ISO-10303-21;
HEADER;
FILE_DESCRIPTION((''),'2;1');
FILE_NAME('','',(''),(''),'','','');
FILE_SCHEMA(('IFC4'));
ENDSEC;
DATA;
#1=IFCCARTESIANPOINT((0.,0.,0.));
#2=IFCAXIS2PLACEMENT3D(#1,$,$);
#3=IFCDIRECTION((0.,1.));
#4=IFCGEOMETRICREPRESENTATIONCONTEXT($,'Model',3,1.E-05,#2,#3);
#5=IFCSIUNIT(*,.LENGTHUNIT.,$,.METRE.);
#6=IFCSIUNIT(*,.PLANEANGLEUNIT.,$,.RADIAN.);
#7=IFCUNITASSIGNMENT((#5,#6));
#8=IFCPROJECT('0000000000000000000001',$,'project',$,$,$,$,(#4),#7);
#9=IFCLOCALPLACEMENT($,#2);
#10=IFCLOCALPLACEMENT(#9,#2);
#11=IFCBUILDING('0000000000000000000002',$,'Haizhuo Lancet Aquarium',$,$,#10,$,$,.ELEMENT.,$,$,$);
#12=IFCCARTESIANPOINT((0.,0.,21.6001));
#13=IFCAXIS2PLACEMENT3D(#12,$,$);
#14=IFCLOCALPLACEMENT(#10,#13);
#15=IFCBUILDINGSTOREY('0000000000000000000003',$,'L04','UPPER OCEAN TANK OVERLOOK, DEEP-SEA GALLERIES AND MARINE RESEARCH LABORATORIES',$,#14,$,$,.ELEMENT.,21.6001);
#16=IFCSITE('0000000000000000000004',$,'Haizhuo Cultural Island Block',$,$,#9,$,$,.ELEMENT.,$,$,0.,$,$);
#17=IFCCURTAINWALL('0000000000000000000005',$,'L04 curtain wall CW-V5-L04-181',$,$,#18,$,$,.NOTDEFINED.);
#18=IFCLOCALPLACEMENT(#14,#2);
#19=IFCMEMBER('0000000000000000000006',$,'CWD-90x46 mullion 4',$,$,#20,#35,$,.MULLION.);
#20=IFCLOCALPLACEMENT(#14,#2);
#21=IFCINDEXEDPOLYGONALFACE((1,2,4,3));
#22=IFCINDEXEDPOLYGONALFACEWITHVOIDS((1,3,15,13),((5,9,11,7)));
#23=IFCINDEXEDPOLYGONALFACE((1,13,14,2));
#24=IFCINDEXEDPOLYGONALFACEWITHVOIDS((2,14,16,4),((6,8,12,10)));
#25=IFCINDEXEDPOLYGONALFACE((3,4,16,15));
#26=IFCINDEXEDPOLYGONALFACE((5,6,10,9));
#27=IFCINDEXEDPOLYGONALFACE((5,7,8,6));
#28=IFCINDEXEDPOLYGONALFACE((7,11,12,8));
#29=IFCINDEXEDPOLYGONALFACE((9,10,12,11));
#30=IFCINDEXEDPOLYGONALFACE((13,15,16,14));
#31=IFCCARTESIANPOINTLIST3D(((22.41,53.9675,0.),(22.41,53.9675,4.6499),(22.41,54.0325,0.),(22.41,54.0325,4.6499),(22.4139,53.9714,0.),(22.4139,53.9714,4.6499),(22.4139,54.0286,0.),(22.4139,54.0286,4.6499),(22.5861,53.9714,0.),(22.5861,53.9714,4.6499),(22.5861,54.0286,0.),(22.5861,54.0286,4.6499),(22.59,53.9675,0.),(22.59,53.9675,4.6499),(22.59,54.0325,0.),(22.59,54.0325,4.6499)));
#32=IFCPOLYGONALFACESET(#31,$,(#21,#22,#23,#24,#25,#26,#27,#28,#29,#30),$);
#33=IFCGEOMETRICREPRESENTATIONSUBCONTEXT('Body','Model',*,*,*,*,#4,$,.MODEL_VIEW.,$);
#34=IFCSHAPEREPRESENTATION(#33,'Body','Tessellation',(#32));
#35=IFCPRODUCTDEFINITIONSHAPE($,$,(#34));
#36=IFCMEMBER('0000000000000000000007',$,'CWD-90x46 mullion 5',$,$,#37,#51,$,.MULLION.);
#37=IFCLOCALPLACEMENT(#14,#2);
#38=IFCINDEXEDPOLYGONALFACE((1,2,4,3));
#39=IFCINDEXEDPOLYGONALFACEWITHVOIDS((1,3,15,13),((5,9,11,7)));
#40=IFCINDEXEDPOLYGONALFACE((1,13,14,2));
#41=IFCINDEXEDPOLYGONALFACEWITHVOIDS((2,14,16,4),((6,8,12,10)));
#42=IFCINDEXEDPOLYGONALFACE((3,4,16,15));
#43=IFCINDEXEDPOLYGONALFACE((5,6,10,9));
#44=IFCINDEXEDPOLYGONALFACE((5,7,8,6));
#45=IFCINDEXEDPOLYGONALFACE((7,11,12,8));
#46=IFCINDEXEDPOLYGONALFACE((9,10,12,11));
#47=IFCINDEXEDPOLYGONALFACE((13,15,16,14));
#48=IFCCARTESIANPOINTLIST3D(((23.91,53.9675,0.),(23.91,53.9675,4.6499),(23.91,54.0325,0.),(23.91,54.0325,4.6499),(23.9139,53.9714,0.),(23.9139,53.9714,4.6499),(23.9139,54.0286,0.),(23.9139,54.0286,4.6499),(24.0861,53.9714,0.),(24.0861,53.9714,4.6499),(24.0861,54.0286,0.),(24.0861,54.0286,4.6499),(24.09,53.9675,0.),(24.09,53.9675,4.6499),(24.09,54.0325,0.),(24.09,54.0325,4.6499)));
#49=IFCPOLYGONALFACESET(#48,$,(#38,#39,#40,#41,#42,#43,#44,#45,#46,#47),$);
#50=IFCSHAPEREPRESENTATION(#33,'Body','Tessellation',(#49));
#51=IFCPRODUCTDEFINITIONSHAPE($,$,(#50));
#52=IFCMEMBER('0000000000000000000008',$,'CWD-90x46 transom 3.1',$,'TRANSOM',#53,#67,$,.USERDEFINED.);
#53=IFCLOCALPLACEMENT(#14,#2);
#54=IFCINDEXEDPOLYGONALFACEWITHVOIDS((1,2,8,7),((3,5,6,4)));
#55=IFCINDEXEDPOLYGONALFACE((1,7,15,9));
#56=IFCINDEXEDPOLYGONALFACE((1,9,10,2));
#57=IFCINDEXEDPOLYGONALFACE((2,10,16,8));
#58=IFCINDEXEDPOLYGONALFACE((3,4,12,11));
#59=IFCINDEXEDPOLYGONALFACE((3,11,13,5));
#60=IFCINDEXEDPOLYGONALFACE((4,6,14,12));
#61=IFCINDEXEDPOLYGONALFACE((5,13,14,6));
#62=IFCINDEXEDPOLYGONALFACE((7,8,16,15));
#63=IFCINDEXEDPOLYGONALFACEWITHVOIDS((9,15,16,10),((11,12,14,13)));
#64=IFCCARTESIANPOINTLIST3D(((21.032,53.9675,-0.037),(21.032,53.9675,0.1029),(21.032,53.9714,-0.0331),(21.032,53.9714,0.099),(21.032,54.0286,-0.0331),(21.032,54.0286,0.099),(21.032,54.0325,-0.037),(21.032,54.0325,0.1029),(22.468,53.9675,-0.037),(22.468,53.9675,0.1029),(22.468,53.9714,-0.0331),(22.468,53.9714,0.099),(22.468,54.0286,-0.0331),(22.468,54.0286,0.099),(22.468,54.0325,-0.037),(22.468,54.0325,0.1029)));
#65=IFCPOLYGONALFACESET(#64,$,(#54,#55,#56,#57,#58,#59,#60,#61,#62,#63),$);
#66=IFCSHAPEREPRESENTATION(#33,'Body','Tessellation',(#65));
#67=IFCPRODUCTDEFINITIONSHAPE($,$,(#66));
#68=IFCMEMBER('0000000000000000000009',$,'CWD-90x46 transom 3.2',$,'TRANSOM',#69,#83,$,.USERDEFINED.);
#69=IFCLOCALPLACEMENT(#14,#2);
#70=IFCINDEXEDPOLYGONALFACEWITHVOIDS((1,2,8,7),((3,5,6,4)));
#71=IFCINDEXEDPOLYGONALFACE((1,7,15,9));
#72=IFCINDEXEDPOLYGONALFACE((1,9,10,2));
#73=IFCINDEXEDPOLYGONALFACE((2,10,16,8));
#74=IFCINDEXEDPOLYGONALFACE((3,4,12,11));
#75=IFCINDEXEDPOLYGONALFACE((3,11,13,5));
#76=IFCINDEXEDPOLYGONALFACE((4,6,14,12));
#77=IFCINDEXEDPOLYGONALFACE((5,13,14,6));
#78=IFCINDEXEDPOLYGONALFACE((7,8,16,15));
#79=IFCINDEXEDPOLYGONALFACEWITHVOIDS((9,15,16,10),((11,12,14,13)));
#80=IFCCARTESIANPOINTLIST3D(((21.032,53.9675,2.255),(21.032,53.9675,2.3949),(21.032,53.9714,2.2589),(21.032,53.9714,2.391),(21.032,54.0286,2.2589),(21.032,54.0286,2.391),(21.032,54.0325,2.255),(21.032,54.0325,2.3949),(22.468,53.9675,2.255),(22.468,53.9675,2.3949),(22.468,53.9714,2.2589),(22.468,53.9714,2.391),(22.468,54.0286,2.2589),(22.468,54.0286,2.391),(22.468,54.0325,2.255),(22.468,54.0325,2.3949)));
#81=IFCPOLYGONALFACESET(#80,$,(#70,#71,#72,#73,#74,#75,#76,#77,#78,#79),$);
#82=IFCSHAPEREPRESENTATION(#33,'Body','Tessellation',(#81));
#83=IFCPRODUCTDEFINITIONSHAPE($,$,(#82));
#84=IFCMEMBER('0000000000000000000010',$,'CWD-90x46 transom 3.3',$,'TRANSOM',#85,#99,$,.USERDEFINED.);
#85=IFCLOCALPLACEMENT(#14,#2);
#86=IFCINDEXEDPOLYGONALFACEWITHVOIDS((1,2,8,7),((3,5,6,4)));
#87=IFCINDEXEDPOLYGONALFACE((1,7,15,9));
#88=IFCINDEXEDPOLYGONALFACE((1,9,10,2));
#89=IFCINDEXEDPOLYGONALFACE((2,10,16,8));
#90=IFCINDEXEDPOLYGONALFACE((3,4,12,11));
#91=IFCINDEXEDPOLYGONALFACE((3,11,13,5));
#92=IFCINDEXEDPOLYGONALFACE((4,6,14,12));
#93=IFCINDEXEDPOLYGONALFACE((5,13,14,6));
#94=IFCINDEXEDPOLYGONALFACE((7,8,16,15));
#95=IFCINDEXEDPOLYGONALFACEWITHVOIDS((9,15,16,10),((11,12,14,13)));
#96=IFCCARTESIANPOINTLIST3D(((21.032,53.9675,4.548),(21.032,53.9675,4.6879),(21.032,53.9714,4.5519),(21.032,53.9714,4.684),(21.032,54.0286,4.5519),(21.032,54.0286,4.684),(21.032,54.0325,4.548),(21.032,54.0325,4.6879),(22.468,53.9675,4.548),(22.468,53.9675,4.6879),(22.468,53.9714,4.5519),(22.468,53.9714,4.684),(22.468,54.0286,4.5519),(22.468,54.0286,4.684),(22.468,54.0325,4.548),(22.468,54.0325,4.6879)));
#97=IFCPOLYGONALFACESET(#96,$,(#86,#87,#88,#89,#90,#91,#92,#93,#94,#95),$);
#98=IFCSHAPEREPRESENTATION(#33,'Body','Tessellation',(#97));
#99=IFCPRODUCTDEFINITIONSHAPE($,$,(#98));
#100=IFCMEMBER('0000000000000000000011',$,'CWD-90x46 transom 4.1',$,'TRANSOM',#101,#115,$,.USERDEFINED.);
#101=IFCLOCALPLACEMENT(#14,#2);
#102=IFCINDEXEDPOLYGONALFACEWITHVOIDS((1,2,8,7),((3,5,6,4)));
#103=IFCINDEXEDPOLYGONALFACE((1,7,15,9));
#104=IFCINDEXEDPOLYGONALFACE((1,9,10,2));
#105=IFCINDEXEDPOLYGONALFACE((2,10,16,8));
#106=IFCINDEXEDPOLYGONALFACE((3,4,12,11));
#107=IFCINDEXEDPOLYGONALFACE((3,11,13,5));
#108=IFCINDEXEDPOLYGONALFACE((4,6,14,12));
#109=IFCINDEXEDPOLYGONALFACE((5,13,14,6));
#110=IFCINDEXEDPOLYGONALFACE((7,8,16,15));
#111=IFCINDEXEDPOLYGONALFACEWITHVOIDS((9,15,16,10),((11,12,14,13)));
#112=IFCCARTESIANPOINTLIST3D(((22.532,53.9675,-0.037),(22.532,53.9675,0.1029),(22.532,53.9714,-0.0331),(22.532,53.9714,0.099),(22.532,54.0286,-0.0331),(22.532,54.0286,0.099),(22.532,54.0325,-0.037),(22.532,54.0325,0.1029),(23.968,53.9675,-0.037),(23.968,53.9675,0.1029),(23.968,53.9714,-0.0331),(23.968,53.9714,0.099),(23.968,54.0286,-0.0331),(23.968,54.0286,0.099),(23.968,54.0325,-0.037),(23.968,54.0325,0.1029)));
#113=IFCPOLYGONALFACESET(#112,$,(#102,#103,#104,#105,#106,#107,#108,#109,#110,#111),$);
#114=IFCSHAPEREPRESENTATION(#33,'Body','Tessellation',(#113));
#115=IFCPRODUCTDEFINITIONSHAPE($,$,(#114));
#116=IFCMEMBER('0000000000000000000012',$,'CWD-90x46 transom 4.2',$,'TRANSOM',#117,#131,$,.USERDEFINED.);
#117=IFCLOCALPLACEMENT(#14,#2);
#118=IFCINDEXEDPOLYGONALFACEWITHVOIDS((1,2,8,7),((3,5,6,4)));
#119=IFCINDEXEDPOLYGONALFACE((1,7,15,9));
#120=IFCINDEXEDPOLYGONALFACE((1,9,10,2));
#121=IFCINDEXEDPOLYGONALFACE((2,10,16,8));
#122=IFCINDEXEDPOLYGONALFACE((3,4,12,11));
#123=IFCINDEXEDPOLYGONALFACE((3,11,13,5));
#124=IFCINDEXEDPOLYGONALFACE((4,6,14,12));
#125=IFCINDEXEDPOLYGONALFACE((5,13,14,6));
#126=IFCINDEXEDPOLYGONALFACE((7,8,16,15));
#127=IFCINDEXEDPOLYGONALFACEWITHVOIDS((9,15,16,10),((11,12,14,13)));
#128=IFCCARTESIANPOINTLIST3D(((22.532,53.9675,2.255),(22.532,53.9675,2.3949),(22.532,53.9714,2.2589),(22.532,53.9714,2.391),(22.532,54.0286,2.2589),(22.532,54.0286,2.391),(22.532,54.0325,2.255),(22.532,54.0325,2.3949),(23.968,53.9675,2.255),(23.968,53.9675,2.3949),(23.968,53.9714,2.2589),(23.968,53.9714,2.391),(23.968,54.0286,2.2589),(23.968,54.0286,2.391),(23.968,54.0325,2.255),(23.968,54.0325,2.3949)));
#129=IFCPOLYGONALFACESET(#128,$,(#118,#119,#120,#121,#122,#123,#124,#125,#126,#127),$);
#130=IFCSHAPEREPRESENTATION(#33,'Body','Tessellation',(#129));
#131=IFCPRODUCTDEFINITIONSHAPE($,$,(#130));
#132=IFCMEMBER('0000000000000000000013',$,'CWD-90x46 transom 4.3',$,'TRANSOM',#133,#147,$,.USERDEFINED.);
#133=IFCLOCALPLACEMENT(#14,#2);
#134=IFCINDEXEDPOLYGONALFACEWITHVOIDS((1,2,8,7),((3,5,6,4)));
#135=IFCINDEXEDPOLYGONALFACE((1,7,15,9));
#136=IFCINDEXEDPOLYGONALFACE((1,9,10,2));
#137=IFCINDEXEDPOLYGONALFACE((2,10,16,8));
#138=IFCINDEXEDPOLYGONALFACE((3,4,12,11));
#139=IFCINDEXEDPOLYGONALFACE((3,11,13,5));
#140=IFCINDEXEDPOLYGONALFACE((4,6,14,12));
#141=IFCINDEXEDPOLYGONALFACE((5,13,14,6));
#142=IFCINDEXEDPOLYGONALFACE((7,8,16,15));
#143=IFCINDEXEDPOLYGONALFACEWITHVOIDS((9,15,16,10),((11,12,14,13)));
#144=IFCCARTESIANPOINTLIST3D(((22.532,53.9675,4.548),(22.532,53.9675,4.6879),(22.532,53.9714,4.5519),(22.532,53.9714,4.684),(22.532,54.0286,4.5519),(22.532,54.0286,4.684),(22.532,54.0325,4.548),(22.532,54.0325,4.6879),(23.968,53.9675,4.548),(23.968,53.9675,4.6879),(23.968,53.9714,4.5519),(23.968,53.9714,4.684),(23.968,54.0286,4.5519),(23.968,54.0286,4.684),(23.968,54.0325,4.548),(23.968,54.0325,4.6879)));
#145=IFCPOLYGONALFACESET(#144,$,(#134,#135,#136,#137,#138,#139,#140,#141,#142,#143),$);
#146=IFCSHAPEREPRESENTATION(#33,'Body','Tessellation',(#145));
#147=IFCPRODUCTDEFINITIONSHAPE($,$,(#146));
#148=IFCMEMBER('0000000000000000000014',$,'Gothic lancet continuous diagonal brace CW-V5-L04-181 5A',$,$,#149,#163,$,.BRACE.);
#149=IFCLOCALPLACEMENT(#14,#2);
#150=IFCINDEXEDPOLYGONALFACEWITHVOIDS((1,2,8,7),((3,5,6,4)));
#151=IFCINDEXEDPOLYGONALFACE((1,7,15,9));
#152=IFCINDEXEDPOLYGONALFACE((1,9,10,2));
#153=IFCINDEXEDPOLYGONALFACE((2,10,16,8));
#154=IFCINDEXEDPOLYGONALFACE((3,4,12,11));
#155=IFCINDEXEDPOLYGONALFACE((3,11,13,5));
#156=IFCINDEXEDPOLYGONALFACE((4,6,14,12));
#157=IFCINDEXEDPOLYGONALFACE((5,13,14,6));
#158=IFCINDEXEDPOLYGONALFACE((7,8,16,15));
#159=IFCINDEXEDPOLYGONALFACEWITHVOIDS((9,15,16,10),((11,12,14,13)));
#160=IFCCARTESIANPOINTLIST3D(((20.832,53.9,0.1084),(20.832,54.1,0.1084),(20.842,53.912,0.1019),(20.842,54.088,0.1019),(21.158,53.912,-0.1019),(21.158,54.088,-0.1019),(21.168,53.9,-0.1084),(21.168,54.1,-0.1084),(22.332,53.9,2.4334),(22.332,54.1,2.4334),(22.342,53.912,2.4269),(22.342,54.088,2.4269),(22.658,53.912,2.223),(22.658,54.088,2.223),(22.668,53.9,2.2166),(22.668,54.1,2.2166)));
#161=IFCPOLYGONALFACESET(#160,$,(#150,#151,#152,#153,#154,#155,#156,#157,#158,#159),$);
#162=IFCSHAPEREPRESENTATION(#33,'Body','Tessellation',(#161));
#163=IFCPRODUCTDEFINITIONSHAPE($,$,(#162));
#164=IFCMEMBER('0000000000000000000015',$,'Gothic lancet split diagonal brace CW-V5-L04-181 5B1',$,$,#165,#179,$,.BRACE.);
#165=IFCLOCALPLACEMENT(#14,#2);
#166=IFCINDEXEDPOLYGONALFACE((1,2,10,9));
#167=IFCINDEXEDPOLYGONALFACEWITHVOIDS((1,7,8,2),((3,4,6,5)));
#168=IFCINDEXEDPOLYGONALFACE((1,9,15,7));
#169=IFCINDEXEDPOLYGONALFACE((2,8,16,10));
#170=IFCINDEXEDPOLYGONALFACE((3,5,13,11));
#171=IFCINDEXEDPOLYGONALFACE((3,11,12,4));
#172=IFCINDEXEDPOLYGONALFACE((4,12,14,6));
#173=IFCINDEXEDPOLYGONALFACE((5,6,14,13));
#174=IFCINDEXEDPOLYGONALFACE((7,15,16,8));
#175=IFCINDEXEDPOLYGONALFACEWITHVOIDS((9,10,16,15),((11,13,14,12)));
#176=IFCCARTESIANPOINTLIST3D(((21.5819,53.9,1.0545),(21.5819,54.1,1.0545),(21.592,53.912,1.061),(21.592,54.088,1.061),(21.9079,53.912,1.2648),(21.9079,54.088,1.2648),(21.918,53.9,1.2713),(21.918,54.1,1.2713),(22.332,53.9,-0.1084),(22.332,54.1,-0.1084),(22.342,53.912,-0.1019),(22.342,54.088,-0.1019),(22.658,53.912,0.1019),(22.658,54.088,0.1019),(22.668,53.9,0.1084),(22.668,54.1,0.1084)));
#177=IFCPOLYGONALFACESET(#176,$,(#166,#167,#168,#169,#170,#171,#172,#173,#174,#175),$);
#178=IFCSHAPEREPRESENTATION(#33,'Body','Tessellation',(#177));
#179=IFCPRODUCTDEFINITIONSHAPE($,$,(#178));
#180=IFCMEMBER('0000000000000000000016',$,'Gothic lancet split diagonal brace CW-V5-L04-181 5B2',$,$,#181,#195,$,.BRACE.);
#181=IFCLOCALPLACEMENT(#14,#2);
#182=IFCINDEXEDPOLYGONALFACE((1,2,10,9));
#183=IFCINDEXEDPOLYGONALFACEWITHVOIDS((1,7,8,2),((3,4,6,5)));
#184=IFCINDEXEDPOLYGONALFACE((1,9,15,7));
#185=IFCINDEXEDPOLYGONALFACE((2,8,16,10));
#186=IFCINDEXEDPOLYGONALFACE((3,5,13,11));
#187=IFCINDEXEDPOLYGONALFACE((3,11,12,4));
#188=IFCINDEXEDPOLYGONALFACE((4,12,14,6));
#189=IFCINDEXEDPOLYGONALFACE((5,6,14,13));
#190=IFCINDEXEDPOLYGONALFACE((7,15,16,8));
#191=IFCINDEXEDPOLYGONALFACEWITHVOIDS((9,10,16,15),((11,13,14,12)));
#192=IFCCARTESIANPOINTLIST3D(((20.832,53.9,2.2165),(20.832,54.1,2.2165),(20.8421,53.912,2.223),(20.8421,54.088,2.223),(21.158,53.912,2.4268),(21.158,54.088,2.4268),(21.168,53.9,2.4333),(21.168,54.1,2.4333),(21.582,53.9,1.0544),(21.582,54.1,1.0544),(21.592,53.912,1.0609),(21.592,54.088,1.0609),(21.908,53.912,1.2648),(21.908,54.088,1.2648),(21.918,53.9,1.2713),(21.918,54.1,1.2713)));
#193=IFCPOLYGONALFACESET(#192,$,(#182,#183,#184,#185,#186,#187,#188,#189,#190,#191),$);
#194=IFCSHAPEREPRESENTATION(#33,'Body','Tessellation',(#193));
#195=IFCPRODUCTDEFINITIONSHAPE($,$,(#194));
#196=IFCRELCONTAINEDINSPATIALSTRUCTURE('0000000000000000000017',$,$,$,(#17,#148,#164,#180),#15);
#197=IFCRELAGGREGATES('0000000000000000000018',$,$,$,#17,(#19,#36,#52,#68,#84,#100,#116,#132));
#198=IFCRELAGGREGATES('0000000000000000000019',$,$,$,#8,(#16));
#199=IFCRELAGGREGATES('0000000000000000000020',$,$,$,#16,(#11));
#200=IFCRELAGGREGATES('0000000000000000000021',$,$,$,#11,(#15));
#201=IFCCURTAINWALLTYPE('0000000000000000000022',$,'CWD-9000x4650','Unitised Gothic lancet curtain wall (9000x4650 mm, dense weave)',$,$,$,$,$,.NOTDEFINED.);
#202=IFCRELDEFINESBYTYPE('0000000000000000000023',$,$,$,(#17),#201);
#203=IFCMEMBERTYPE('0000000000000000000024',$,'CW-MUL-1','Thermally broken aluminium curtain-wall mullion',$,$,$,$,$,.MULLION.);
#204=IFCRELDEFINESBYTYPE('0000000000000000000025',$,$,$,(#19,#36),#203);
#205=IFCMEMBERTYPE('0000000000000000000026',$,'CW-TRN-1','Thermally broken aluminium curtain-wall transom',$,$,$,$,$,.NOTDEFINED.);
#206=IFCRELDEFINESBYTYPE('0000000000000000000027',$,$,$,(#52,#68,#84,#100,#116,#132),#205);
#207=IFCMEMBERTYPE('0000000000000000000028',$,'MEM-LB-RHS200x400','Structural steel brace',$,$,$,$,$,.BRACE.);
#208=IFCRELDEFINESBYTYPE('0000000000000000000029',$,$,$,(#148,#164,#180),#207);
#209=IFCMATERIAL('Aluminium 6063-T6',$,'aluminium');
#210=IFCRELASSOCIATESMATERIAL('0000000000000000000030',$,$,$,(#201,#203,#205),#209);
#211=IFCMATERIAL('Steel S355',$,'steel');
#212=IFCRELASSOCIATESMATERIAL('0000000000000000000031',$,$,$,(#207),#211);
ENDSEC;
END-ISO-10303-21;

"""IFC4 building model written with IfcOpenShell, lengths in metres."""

from ifc_helpers import new_model, si_unit, direction, frame, origin, origin_2d, place, context, subcontext, project, spatial, hollow_rectangle, extrude, material, material_profile, profile_set, type_object, element, aggregate, save


model = new_model("IFC4")

# Units and contexts
model_context = context("Model", 3, precision=1e-05, world=origin(), true_north=direction((0.0, 1.0)))
body_context = subcontext(model_context, "Body", "Model", "MODEL_VIEW")
ifc_project = project(units=[si_unit("LENGTHUNIT", "METRE"), si_unit("PLANEANGLEUNIT", "RADIAN")], contexts=[model_context])

# Site, building, storey
site_placement = place(None, origin())
site = spatial("IfcSite", under=ifc_project, at=site_placement, Name="Haizhuo Cultural Island Block", CompositionType="ELEMENT", RefElevation=0.0)
building_placement = place(site_placement, origin())
building = spatial("IfcBuilding", under=site, at=building_placement, Name="Haizhuo Lancet Aquarium", CompositionType="ELEMENT")
storey_placement = place(building_placement, frame((0.0, 0.0, 21.6001)))
storey = spatial("IfcBuildingStorey", under=building, at=storey_placement, Name="L04", Description="UPPER OCEAN TANK OVERLOOK, DEEP-SEA GALLERIES AND MARINE RESEARCH LABORATORIES", CompositionType="ELEMENT", Elevation=21.6001)

# Curtain wall, members
ifc_material_1 = material(Name="Aluminium 6063-T6", Category="aluminium")
curtain_wall_type = type_object("IfcCurtainWallType", Name="CWD-9000x4650", Description="Unitised Gothic lancet curtain wall (9000x4650 mm, dense weave)", PredefinedType="NOTDEFINED", material=ifc_material_1)
curtain_wall_placement = place(storey_placement, origin())
curtain_wall = element("IfcCurtainWall", 1, at=curtain_wall_placement, inside=storey, type_object=curtain_wall_type, Name="L04 curtain wall CW-V5-L04-181", PredefinedType="NOTDEFINED")
ifc_material_profile_1 = material_profile(ifc_material_1, hollow_rectangle(XDim=0.0649, YDim=0.1799, WallThickness=0.0039, at=origin_2d()), Name="ALU-M 65x180x4")
ifc_profile_set_1 = profile_set([ifc_material_profile_1], Name="Aluminium 6063-T6")
member_type_1 = type_object("IfcMemberType", Name="CW-MUL-1", Description="Thermally broken aluminium curtain-wall mullion", PredefinedType="MULLION", material=ifc_profile_set_1)
member_1_placement = place(storey_placement, frame((22.5, 54.0, 0.0), z_axis=(0.0, 0.0, 1.0), x_axis=(0.0, 1.0, 0.0)))
member_1 = element("IfcMember", 2, at=member_1_placement, type_object=member_type_1, Name="CWD-90x46 mullion 4", PredefinedType="MULLION", context=body_context, shape_type="SweptSolid", body=[
    extrude(hollow_rectangle(XDim=0.0649, YDim=0.1799, WallThickness=0.0039, at=origin_2d()), origin(), (0.0, 0.0, 1.0), 4.6499),
])
member_2_placement = place(storey_placement, frame((24.0, 54.0, 0.0), z_axis=(0.0, 0.0, 1.0), x_axis=(0.0, 1.0, 0.0)))
member_2 = element("IfcMember", 3, at=member_2_placement, type_object=member_type_1, Name="CWD-90x46 mullion 5", PredefinedType="MULLION", context=body_context, shape_type="SweptSolid", body=[
    extrude(hollow_rectangle(XDim=0.0649, YDim=0.1799, WallThickness=0.0039, at=origin_2d()), origin(), (0.0, 0.0, 1.0), 4.6499),
])
ifc_material_profile_2 = material_profile(ifc_material_1, hollow_rectangle(XDim=0.0649, YDim=0.1399, WallThickness=0.0039, at=origin_2d()), Name="ALU-T 65x140x4")
ifc_profile_set_2 = profile_set([ifc_material_profile_2], Name="Aluminium 6063-T6")
member_type_2 = type_object("IfcMemberType", Name="CW-TRN-1", Description="Thermally broken aluminium curtain-wall transom", PredefinedType="NOTDEFINED", material=ifc_profile_set_2)
member_3_placement = place(storey_placement, frame((21.032, 54.0, 0.033), z_axis=(1.0, 0.0, 0.0), x_axis=(0.0, 1.0, 0.0)))
member_3 = element("IfcMember", 4, at=member_3_placement, type_object=member_type_2, Name="CWD-90x46 transom 3.1", ObjectType="TRANSOM", PredefinedType="USERDEFINED", context=body_context, shape_type="SweptSolid", body=[
    extrude(hollow_rectangle(XDim=0.0649, YDim=0.1399, WallThickness=0.0039, at=origin_2d()), origin(), (0.0, 0.0, 1.0), 1.436),
])
member_4_placement = place(storey_placement, frame((21.032, 54.0, 2.325), z_axis=(1.0, 0.0, 0.0), x_axis=(0.0, 1.0, 0.0)))
member_4 = element("IfcMember", 5, at=member_4_placement, type_object=member_type_2, Name="CWD-90x46 transom 3.2", ObjectType="TRANSOM", PredefinedType="USERDEFINED", context=body_context, shape_type="SweptSolid", body=[
    extrude(hollow_rectangle(XDim=0.0649, YDim=0.1399, WallThickness=0.0039, at=origin_2d()), origin(), (0.0, 0.0, 1.0), 1.436),
])
member_5_placement = place(storey_placement, frame((21.032, 54.0, 4.6179), z_axis=(1.0, 0.0, 0.0), x_axis=(0.0, 1.0, 0.0)))
member_5 = element("IfcMember", 6, at=member_5_placement, type_object=member_type_2, Name="CWD-90x46 transom 3.3", ObjectType="TRANSOM", PredefinedType="USERDEFINED", context=body_context, shape_type="SweptSolid", body=[
    extrude(hollow_rectangle(XDim=0.0649, YDim=0.1399, WallThickness=0.0039, at=origin_2d()), origin(), (0.0, 0.0, 1.0), 1.436),
])
member_6_placement = place(storey_placement, frame((22.532, 54.0, 0.033), z_axis=(1.0, 0.0, 0.0), x_axis=(0.0, 1.0, 0.0)))
member_6 = element("IfcMember", 7, at=member_6_placement, type_object=member_type_2, Name="CWD-90x46 transom 4.1", ObjectType="TRANSOM", PredefinedType="USERDEFINED", context=body_context, shape_type="SweptSolid", body=[
    extrude(hollow_rectangle(XDim=0.0649, YDim=0.1399, WallThickness=0.0039, at=origin_2d()), origin(), (0.0, 0.0, 1.0), 1.436),
])
member_7_placement = place(storey_placement, frame((22.532, 54.0, 2.325), z_axis=(1.0, 0.0, 0.0), x_axis=(0.0, 1.0, 0.0)))
member_7 = element("IfcMember", 8, at=member_7_placement, type_object=member_type_2, Name="CWD-90x46 transom 4.2", ObjectType="TRANSOM", PredefinedType="USERDEFINED", context=body_context, shape_type="SweptSolid", body=[
    extrude(hollow_rectangle(XDim=0.0649, YDim=0.1399, WallThickness=0.0039, at=origin_2d()), origin(), (0.0, 0.0, 1.0), 1.436),
])
member_8_placement = place(storey_placement, frame((22.532, 54.0, 4.6179), z_axis=(1.0, 0.0, 0.0), x_axis=(0.0, 1.0, 0.0)))
member_8 = element("IfcMember", 9, at=member_8_placement, type_object=member_type_2, Name="CWD-90x46 transom 4.3", ObjectType="TRANSOM", PredefinedType="USERDEFINED", context=body_context, shape_type="SweptSolid", body=[
    extrude(hollow_rectangle(XDim=0.0649, YDim=0.1399, WallThickness=0.0039, at=origin_2d()), origin(), (0.0, 0.0, 1.0), 1.436),
])

# Members
ifc_material_2 = material(Name="Steel S355", Category="steel")
ifc_material_profile_3 = material_profile(ifc_material_2, hollow_rectangle(XDim=0.2, YDim=0.3999, WallThickness=0.012, at=origin_2d()), Name="RHS 200x400x12")
ifc_profile_set_3 = profile_set([ifc_material_profile_3], Name="Steel S355")
member_type_3 = type_object("IfcMemberType", Name="MEM-LB-RHS200x400", Description="Structural steel brace", PredefinedType="BRACE", material=ifc_profile_set_3)
member_9_placement = place(storey_placement, frame((21.0, 54.0, 0.0), z_axis=(0.542135, 0.0, 0.840291), x_axis=(0.0, 1.0, 0.0)))
element("IfcMember", 10, at=member_9_placement, inside=storey, type_object=member_type_3, Name="Gothic lancet continuous diagonal brace CW-V5-L04-181 5A", PredefinedType="BRACE", context=body_context, shape_type="SweptSolid", body=[
    extrude(hollow_rectangle(XDim=0.2, YDim=0.3999, WallThickness=0.012, at=origin_2d()), origin(), (0.0, 0.0, 1.0), 2.7668),
])
member_10_placement = place(storey_placement, frame((22.5, 54.0, 0.0), z_axis=(-0.542014, 0.0, 0.840369), x_axis=(0.0, -1.0, 0.0)))
element("IfcMember", 11, at=member_10_placement, inside=storey, type_object=member_type_3, Name="Gothic lancet split diagonal brace CW-V5-L04-181 5B1", PredefinedType="BRACE", context=body_context, shape_type="SweptSolid", body=[
    extrude(hollow_rectangle(XDim=0.2, YDim=0.3999, WallThickness=0.012, at=origin_2d()), origin(), (0.0, 0.0, 1.0), 1.3838),
])
member_11_placement = place(storey_placement, frame((21.75, 54.0, 1.1628), z_axis=(-0.542256, 0.0, 0.840214), x_axis=(0.0, -1.0, 0.0)))
element("IfcMember", 12, at=member_11_placement, inside=storey, type_object=member_type_3, Name="Gothic lancet split diagonal brace CW-V5-L04-181 5B2", PredefinedType="BRACE", context=body_context, shape_type="SweptSolid", body=[
    extrude(hollow_rectangle(XDim=0.2, YDim=0.3999, WallThickness=0.012, at=origin_2d()), origin(), (0.0, 0.0, 1.0), 1.3831),
])

aggregate(curtain_wall, [member_1, member_2, member_3, member_4, member_5, member_6, member_7, member_8])

save(model, "model.ifc")
